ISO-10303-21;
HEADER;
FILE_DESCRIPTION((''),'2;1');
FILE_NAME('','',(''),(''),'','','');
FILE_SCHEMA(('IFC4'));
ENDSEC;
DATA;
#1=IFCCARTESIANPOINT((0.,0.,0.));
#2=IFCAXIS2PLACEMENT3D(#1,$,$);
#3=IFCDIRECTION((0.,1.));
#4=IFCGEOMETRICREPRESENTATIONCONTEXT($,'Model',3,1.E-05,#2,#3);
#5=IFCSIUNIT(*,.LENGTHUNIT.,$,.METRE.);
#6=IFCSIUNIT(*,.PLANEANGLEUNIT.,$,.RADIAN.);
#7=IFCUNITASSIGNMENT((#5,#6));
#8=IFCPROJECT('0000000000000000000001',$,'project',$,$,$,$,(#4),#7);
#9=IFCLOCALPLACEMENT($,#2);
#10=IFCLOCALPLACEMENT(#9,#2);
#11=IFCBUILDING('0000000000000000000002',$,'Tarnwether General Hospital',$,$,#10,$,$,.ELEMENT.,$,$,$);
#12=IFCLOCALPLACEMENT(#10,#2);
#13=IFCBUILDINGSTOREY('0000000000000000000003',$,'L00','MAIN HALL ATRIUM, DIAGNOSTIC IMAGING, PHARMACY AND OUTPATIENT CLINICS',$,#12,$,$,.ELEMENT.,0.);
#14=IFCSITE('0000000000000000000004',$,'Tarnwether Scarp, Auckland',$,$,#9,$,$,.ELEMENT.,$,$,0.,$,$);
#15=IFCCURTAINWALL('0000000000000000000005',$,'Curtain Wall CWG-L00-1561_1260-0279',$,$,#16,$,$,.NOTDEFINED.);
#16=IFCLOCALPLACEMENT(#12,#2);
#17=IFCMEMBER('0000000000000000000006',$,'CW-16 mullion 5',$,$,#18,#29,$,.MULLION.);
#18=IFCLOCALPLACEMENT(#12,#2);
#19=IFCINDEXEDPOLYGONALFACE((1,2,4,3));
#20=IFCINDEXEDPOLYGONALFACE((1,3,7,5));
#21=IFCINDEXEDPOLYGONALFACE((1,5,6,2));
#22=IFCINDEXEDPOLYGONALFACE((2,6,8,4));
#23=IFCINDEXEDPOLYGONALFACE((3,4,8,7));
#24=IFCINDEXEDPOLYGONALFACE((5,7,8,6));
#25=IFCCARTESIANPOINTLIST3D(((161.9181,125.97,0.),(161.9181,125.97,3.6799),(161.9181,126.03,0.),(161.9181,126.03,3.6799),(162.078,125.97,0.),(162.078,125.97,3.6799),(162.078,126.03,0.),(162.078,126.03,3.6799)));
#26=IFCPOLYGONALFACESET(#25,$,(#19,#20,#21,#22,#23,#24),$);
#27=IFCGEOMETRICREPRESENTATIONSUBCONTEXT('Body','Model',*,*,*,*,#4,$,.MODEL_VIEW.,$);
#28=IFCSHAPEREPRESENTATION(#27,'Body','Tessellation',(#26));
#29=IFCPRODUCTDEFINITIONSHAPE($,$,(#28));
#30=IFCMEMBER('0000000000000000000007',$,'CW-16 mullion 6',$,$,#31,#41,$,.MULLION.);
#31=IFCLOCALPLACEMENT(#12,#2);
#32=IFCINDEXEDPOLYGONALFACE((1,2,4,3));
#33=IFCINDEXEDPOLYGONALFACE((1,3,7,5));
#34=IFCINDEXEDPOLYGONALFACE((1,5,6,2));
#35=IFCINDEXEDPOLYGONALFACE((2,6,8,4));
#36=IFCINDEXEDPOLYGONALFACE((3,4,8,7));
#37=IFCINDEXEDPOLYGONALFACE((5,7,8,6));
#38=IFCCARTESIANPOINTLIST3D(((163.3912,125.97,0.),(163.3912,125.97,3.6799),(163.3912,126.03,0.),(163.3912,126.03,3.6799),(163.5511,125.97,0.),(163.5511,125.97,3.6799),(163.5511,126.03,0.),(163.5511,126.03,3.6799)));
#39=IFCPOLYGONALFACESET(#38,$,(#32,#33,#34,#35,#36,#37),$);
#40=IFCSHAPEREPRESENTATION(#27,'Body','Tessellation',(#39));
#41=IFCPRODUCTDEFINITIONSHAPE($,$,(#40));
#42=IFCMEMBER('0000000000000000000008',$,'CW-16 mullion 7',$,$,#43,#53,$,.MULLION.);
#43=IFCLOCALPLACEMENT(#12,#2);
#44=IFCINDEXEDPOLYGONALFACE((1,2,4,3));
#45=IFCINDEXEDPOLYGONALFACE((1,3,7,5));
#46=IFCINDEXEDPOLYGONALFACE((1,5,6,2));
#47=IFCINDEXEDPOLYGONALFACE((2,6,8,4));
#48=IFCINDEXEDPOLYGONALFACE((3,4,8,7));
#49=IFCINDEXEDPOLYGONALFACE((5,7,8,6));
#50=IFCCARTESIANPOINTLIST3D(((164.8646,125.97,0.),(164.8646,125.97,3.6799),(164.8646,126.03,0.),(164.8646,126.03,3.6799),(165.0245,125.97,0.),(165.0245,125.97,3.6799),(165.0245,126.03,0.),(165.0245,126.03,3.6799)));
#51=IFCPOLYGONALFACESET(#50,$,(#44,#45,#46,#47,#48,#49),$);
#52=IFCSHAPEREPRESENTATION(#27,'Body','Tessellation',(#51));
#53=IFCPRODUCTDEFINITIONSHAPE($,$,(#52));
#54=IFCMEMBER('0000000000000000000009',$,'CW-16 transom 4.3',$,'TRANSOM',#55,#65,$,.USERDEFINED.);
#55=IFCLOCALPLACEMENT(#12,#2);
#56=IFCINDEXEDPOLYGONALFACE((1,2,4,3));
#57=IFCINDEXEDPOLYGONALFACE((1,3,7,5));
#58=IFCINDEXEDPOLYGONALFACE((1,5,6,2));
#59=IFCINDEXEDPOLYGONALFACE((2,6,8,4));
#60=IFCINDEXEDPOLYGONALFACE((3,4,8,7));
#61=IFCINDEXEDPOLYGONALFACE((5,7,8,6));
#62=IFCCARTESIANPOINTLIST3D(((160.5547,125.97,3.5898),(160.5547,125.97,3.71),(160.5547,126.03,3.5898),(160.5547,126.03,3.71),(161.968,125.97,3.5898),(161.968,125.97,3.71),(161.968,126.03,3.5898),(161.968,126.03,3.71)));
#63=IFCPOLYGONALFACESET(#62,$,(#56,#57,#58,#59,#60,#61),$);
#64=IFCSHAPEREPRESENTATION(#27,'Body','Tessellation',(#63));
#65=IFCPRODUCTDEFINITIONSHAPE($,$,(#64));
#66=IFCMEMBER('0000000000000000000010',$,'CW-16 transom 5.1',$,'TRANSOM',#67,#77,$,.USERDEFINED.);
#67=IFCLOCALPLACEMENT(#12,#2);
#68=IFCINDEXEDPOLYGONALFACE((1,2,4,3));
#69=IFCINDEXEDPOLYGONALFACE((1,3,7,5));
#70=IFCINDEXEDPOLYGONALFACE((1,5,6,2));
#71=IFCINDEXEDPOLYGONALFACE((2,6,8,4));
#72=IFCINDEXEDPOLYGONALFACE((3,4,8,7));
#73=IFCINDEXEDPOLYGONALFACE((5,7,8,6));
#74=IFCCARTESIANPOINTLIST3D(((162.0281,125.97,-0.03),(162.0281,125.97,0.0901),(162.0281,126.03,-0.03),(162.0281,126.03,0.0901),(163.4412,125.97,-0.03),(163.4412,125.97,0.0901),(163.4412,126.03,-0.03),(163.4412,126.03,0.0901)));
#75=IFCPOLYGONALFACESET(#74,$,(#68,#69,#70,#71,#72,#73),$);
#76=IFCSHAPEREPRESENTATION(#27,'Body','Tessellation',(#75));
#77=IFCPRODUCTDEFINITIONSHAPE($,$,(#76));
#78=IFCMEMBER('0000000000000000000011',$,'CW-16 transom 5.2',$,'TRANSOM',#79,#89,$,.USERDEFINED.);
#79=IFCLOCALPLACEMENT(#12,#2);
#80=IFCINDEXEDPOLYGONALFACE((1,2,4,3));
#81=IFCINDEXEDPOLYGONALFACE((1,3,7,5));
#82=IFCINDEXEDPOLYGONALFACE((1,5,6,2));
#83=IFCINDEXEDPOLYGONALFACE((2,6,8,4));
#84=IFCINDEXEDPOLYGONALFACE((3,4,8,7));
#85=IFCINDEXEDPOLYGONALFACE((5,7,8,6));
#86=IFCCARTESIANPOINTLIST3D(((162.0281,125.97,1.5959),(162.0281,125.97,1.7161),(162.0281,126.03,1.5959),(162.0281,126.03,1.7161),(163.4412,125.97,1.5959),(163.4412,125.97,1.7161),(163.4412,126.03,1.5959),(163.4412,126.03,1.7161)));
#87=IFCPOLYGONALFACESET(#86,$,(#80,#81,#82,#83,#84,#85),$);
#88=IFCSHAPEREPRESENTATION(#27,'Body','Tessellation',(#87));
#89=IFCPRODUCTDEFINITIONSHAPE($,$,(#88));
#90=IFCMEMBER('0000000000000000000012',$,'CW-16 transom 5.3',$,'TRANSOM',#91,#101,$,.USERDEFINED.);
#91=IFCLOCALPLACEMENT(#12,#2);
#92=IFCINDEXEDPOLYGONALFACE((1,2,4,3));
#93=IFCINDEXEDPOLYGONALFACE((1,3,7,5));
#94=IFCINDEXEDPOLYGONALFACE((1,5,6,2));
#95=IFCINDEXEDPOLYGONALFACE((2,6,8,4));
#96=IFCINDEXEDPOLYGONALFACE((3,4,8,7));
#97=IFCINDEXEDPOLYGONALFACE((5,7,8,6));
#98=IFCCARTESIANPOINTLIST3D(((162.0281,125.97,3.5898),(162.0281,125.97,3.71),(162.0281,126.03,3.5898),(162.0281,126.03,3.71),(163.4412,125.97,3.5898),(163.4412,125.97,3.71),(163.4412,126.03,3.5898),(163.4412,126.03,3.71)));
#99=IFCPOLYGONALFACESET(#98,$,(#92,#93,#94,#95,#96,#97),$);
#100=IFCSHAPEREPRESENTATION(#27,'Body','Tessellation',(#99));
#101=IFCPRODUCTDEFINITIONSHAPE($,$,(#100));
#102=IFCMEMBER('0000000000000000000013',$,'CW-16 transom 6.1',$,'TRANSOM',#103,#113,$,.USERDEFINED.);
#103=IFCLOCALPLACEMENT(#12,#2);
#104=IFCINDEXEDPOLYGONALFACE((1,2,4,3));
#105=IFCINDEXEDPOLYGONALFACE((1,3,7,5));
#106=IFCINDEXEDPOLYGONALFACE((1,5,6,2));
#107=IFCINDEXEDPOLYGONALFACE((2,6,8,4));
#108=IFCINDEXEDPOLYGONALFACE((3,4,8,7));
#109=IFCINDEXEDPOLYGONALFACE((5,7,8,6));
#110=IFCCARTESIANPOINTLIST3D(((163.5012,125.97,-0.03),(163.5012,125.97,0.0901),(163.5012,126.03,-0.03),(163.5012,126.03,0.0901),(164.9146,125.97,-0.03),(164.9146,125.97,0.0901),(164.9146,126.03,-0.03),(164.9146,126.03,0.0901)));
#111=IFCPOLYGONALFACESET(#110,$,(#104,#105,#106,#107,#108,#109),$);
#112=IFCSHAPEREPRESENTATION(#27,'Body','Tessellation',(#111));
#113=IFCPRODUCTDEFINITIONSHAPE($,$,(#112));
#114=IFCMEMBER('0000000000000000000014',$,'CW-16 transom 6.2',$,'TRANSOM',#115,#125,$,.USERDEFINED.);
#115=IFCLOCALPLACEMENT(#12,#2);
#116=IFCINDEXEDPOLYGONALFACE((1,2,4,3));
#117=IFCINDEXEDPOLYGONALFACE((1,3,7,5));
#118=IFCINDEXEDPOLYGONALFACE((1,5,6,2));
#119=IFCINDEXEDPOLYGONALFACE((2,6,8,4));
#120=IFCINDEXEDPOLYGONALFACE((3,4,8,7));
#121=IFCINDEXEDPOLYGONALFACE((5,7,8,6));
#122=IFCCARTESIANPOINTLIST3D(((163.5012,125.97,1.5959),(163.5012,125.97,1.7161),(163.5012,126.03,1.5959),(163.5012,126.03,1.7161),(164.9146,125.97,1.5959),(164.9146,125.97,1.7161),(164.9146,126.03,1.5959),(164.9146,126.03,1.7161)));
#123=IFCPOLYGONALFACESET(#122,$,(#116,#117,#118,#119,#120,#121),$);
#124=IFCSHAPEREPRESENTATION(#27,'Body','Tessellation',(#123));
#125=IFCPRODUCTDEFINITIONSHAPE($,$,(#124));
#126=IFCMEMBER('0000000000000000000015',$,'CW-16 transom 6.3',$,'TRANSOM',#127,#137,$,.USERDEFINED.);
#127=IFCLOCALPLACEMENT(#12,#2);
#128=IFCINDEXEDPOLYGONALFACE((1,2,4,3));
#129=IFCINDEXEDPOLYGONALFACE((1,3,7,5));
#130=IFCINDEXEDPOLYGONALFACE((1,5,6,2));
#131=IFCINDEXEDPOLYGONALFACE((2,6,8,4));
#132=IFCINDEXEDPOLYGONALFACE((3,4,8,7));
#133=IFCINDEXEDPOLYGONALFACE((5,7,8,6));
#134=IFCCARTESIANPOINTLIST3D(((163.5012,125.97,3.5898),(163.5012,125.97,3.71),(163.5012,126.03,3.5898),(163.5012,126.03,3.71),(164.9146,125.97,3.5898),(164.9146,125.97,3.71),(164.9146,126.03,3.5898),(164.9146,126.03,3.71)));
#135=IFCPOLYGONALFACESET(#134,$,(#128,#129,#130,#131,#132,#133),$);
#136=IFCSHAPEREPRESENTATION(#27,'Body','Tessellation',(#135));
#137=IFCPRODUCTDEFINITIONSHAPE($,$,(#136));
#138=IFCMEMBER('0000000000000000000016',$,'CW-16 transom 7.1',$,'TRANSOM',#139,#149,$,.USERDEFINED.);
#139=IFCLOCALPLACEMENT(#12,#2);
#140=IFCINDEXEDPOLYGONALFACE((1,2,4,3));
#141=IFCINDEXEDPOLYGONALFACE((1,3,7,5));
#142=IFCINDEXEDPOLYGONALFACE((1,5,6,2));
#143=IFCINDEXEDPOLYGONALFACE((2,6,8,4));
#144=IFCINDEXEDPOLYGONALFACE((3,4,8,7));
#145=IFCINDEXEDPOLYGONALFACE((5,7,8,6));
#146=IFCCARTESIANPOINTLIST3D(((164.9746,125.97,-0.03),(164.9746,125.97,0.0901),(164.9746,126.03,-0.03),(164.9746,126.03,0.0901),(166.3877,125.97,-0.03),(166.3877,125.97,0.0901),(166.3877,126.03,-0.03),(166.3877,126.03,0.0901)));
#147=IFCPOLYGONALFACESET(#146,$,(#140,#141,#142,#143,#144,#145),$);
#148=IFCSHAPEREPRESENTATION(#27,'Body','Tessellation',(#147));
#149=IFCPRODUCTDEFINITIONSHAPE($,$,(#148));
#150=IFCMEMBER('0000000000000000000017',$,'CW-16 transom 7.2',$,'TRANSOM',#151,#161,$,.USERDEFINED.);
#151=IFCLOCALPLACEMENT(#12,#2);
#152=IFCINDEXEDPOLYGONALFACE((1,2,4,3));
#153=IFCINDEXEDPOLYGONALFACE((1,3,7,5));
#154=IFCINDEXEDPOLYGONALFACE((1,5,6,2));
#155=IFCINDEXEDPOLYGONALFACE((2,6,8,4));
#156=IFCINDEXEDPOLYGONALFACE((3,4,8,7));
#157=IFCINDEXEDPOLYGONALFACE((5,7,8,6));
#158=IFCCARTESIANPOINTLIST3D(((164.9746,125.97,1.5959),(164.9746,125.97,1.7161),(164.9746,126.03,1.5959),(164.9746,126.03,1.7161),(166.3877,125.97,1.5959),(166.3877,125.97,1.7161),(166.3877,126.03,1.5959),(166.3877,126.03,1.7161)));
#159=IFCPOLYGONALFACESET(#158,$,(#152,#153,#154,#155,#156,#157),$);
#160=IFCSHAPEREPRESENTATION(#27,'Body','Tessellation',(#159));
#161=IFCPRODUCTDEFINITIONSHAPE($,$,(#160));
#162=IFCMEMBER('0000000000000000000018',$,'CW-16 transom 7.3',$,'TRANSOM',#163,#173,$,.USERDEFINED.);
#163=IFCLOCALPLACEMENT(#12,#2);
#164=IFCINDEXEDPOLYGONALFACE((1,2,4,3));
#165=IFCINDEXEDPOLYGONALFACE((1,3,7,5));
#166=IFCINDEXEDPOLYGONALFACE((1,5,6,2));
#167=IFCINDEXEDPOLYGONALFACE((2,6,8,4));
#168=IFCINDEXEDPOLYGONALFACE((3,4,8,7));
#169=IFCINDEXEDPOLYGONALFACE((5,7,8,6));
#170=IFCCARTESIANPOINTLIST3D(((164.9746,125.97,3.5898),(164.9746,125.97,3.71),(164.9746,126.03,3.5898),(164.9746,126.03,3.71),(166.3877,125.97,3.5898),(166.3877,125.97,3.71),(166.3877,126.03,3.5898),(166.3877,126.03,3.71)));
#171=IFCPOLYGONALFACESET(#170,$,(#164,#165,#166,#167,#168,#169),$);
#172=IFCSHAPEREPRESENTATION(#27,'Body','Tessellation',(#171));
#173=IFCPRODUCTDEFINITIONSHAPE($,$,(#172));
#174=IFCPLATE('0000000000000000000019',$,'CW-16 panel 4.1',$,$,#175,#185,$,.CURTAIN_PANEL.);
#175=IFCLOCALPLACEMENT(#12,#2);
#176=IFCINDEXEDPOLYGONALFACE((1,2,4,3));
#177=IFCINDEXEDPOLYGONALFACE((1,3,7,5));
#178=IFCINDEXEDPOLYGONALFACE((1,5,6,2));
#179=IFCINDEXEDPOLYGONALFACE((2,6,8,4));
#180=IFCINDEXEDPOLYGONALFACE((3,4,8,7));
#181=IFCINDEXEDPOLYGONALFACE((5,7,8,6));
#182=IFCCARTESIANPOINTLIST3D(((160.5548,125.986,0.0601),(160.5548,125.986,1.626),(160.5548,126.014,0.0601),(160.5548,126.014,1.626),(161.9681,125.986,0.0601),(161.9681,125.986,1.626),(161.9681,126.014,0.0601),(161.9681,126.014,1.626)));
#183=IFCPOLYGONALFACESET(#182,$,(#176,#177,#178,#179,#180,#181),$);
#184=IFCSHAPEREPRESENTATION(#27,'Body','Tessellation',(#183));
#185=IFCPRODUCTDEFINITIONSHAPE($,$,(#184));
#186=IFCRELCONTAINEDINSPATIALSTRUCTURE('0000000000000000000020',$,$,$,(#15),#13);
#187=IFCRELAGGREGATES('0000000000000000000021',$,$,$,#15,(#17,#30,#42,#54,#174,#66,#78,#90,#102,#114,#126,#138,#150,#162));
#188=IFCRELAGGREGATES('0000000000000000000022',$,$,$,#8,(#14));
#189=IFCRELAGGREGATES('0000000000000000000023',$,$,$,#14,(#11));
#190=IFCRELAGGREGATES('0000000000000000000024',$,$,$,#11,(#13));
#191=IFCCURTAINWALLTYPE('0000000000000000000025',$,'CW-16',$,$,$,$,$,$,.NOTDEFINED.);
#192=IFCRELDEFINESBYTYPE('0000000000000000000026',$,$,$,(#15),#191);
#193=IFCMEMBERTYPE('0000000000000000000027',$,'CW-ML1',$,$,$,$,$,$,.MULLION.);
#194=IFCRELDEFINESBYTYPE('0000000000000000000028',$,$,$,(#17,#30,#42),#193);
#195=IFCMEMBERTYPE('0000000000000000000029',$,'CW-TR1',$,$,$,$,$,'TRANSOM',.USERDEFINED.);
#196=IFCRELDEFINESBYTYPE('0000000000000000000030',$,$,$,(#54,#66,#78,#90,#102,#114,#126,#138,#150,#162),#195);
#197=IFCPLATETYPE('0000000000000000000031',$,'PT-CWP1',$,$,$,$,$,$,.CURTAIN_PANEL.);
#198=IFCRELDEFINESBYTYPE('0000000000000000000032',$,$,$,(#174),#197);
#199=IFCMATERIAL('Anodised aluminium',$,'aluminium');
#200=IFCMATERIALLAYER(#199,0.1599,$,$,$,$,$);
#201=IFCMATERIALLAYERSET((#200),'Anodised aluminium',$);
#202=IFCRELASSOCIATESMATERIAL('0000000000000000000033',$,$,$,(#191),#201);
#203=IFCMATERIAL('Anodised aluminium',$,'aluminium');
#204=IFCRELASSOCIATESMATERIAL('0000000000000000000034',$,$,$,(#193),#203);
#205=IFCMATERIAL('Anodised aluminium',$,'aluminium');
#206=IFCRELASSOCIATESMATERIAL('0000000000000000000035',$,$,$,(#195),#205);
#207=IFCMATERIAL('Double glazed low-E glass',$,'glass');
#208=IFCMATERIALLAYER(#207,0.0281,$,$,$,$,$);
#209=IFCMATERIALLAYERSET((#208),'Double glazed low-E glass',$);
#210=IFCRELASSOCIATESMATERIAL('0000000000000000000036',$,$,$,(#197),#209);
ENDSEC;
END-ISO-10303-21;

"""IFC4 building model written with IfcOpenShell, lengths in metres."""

from ifc_helpers import new_model, si_unit, direction, frame, origin, origin_2d, place, context, subcontext, project, spatial, rectangle, extrude, material, layer, layer_set, material_profile, profile_set, type_object, element, aggregate, save


model = new_model("IFC4")

# Units and contexts
model_context = context("Model", 3, precision=1e-05, world=origin(), true_north=direction((0.0, 1.0)))
body_context = subcontext(model_context, "Body", "Model", "MODEL_VIEW")
ifc_project = project(units=[si_unit("LENGTHUNIT", "METRE"), si_unit("PLANEANGLEUNIT", "RADIAN")], contexts=[model_context])

# Site, building, storey
site_placement = place(None, origin())
site = spatial("IfcSite", under=ifc_project, at=site_placement, Name="Tarnwether Scarp, Auckland", CompositionType="ELEMENT", RefElevation=0.0)
building_placement = place(site_placement, origin())
building = spatial("IfcBuilding", under=site, at=building_placement, Name="Tarnwether General Hospital", CompositionType="ELEMENT")
storey_placement = place(building_placement, origin())
storey = spatial("IfcBuildingStorey", under=building, at=storey_placement, Name="L00", Description="MAIN HALL ATRIUM, DIAGNOSTIC IMAGING, PHARMACY AND OUTPATIENT CLINICS", CompositionType="ELEMENT", Elevation=0.0)

# Curtain wall, members, plate
ifc_material_1 = material(Name="Anodised aluminium", Category="aluminium")
ifc_layer_1 = layer(ifc_material_1, 0.1599)
ifc_layer_set_1 = layer_set([ifc_layer_1], Name="Anodised aluminium")
curtain_wall_type = type_object("IfcCurtainWallType", Name="CW-16", PredefinedType="NOTDEFINED", material=ifc_layer_set_1)
curtain_wall_placement = place(storey_placement, origin())
curtain_wall = element("IfcCurtainWall", 1, at=curtain_wall_placement, inside=storey, type_object=curtain_wall_type, Name="Curtain Wall CWG-L00-1561_1260-0279", PredefinedType="NOTDEFINED")
ifc_material_2 = material(Name="Anodised aluminium", Category="aluminium")
ifc_material_profile_1 = material_profile(ifc_material_2, rectangle(XDim=0.0601, YDim=0.1599, at=origin_2d()), Name="ALU-MUL-60x160")
ifc_profile_set_1 = profile_set([ifc_material_profile_1], Name="Anodised aluminium")
member_type_1 = type_object("IfcMemberType", Name="CW-ML1", PredefinedType="MULLION", material=ifc_profile_set_1)
member_1_placement = place(storey_placement, frame((161.998, 126.0, 0.0), z_axis=(0.0, 0.0, 1.0), x_axis=(0.0, 1.0, 0.0)))
member_1 = element("IfcMember", 2, at=member_1_placement, type_object=member_type_1, Name="CW-16 mullion 5", PredefinedType="MULLION", context=body_context, shape_type="SweptSolid", body=[
    extrude(rectangle(XDim=0.0601, YDim=0.1599, at=origin_2d()), origin(), (0.0, 0.0, 1.0), 3.6799),
])
member_2_placement = place(storey_placement, frame((163.4712, 126.0, 0.0), z_axis=(0.0, 0.0, 1.0), x_axis=(0.0, 1.0, 0.0)))
member_2 = element("IfcMember", 3, at=member_2_placement, type_object=member_type_1, Name="CW-16 mullion 6", PredefinedType="MULLION", context=body_context, shape_type="SweptSolid", body=[
    extrude(rectangle(XDim=0.0601, YDim=0.1599, at=origin_2d()), origin(), (0.0, 0.0, 1.0), 3.6799),
])
member_3_placement = place(storey_placement, frame((164.9446, 126.0, 0.0), z_axis=(0.0, 0.0, 1.0), x_axis=(0.0, 1.0, 0.0)))
member_3 = element("IfcMember", 4, at=member_3_placement, type_object=member_type_1, Name="CW-16 mullion 7", PredefinedType="MULLION", context=body_context, shape_type="SweptSolid", body=[
    extrude(rectangle(XDim=0.0601, YDim=0.1599, at=origin_2d()), origin(), (0.0, 0.0, 1.0), 3.6799),
])
ifc_material_3 = material(Name="Anodised aluminium", Category="aluminium")
ifc_material_profile_2 = material_profile(ifc_material_3, rectangle(XDim=0.0601, YDim=0.1201, at=origin_2d()), Name="ALU-TRN-60x120")
ifc_profile_set_2 = profile_set([ifc_material_profile_2], Name="Anodised aluminium")
member_type_2 = type_object("IfcMemberType", Name="CW-TR1", ElementType="TRANSOM", PredefinedType="USERDEFINED", material=ifc_profile_set_2)
member_4_placement = place(storey_placement, frame((160.5547, 126.0, 3.6499), z_axis=(1.0, 0.0, 0.0), x_axis=(0.0, 1.0, 0.0)))
member_4 = element("IfcMember", 5, at=member_4_placement, type_object=member_type_2, Name="CW-16 transom 4.3", ObjectType="TRANSOM", PredefinedType="USERDEFINED", context=body_context, shape_type="SweptSolid", body=[
    extrude(rectangle(XDim=0.0601, YDim=0.1201, at=origin_2d()), origin(), (0.0, 0.0, 1.0), 1.4133),
])
member_5_placement = place(storey_placement, frame((162.0281, 126.0, 0.03), z_axis=(1.0, 0.0, 0.0), x_axis=(0.0, 1.0, 0.0)))
member_5 = element("IfcMember", 6, at=member_5_placement, type_object=member_type_2, Name="CW-16 transom 5.1", ObjectType="TRANSOM", PredefinedType="USERDEFINED", context=body_context, shape_type="SweptSolid", body=[
    extrude(rectangle(XDim=0.0601, YDim=0.1201, at=origin_2d()), origin(), (0.0, 0.0, 1.0), 1.4131),
])
member_6_placement = place(storey_placement, frame((162.0281, 126.0, 1.656), z_axis=(1.0, 0.0, 0.0), x_axis=(0.0, 1.0, 0.0)))
member_6 = element("IfcMember", 7, at=member_6_placement, type_object=member_type_2, Name="CW-16 transom 5.2", ObjectType="TRANSOM", PredefinedType="USERDEFINED", context=body_context, shape_type="SweptSolid", body=[
    extrude(rectangle(XDim=0.0601, YDim=0.1201, at=origin_2d()), origin(), (0.0, 0.0, 1.0), 1.4131),
])
member_7_placement = place(storey_placement, frame((162.0281, 126.0, 3.6499), z_axis=(1.0, 0.0, 0.0), x_axis=(0.0, 1.0, 0.0)))
member_7 = element("IfcMember", 8, at=member_7_placement, type_object=member_type_2, Name="CW-16 transom 5.3", ObjectType="TRANSOM", PredefinedType="USERDEFINED", context=body_context, shape_type="SweptSolid", body=[
    extrude(rectangle(XDim=0.0601, YDim=0.1201, at=origin_2d()), origin(), (0.0, 0.0, 1.0), 1.4131),
])
member_8_placement = place(storey_placement, frame((163.5012, 126.0, 0.03), z_axis=(1.0, 0.0, 0.0), x_axis=(0.0, 1.0, 0.0)))
member_8 = element("IfcMember", 9, at=member_8_placement, type_object=member_type_2, Name="CW-16 transom 6.1", ObjectType="TRANSOM", PredefinedType="USERDEFINED", context=body_context, shape_type="SweptSolid", body=[
    extrude(rectangle(XDim=0.0601, YDim=0.1201, at=origin_2d()), origin(), (0.0, 0.0, 1.0), 1.4133),
])
member_9_placement = place(storey_placement, frame((163.5012, 126.0, 1.656), z_axis=(1.0, 0.0, 0.0), x_axis=(0.0, 1.0, 0.0)))
member_9 = element("IfcMember", 10, at=member_9_placement, type_object=member_type_2, Name="CW-16 transom 6.2", ObjectType="TRANSOM", PredefinedType="USERDEFINED", context=body_context, shape_type="SweptSolid", body=[
    extrude(rectangle(XDim=0.0601, YDim=0.1201, at=origin_2d()), origin(), (0.0, 0.0, 1.0), 1.4133),
])
member_10_placement = place(storey_placement, frame((163.5012, 126.0, 3.6499), z_axis=(1.0, 0.0, 0.0), x_axis=(0.0, 1.0, 0.0)))
member_10 = element("IfcMember", 11, at=member_10_placement, type_object=member_type_2, Name="CW-16 transom 6.3", ObjectType="TRANSOM", PredefinedType="USERDEFINED", context=body_context, shape_type="SweptSolid", body=[
    extrude(rectangle(XDim=0.0601, YDim=0.1201, at=origin_2d()), origin(), (0.0, 0.0, 1.0), 1.4133),
])
member_11_placement = place(storey_placement, frame((164.9746, 126.0, 0.03), z_axis=(1.0, 0.0, 0.0), x_axis=(0.0, 1.0, 0.0)))
member_11 = element("IfcMember", 12, at=member_11_placement, type_object=member_type_2, Name="CW-16 transom 7.1", ObjectType="TRANSOM", PredefinedType="USERDEFINED", context=body_context, shape_type="SweptSolid", body=[
    extrude(rectangle(XDim=0.0601, YDim=0.1201, at=origin_2d()), origin(), (0.0, 0.0, 1.0), 1.4131),
])
member_12_placement = place(storey_placement, frame((164.9746, 126.0, 1.656), z_axis=(1.0, 0.0, 0.0), x_axis=(0.0, 1.0, 0.0)))
member_12 = element("IfcMember", 13, at=member_12_placement, type_object=member_type_2, Name="CW-16 transom 7.2", ObjectType="TRANSOM", PredefinedType="USERDEFINED", context=body_context, shape_type="SweptSolid", body=[
    extrude(rectangle(XDim=0.0601, YDim=0.1201, at=origin_2d()), origin(), (0.0, 0.0, 1.0), 1.4131),
])
member_13_placement = place(storey_placement, frame((164.9746, 126.0, 3.6499), z_axis=(1.0, 0.0, 0.0), x_axis=(0.0, 1.0, 0.0)))
member_13 = element("IfcMember", 14, at=member_13_placement, type_object=member_type_2, Name="CW-16 transom 7.3", ObjectType="TRANSOM", PredefinedType="USERDEFINED", context=body_context, shape_type="SweptSolid", body=[
    extrude(rectangle(XDim=0.0601, YDim=0.1201, at=origin_2d()), origin(), (0.0, 0.0, 1.0), 1.4131),
])
ifc_material_4 = material(Name="Double glazed low-E glass", Category="glass")
ifc_layer_2 = layer(ifc_material_4, 0.0281)
ifc_layer_set_2 = layer_set([ifc_layer_2], Name="Double glazed low-E glass")
plate_type = type_object("IfcPlateType", Name="PT-CWP1", PredefinedType="CURTAIN_PANEL", material=ifc_layer_set_2)
plate_1_placement = place(storey_placement, frame((161.2615, 126.0, 0.0601), z_axis=(0.0, 0.0, 1.0), x_axis=(1.0, 0.0, 0.0)))
plate_1 = element("IfcPlate", 15, at=plate_1_placement, type_object=plate_type, Name="CW-16 panel 4.1", PredefinedType="CURTAIN_PANEL", context=body_context, shape_type="SweptSolid", body=[
    extrude(rectangle(XDim=1.4133, YDim=0.0281, at=origin_2d()), origin(), (0.0, 0.0, 1.0), 1.5659),
])
aggregate(curtain_wall, [member_1, member_2, member_3, member_4, plate_1, member_5, member_6, member_7, member_8, member_9, member_10, member_11, member_12, member_13])

save(model, "model.ifc")
